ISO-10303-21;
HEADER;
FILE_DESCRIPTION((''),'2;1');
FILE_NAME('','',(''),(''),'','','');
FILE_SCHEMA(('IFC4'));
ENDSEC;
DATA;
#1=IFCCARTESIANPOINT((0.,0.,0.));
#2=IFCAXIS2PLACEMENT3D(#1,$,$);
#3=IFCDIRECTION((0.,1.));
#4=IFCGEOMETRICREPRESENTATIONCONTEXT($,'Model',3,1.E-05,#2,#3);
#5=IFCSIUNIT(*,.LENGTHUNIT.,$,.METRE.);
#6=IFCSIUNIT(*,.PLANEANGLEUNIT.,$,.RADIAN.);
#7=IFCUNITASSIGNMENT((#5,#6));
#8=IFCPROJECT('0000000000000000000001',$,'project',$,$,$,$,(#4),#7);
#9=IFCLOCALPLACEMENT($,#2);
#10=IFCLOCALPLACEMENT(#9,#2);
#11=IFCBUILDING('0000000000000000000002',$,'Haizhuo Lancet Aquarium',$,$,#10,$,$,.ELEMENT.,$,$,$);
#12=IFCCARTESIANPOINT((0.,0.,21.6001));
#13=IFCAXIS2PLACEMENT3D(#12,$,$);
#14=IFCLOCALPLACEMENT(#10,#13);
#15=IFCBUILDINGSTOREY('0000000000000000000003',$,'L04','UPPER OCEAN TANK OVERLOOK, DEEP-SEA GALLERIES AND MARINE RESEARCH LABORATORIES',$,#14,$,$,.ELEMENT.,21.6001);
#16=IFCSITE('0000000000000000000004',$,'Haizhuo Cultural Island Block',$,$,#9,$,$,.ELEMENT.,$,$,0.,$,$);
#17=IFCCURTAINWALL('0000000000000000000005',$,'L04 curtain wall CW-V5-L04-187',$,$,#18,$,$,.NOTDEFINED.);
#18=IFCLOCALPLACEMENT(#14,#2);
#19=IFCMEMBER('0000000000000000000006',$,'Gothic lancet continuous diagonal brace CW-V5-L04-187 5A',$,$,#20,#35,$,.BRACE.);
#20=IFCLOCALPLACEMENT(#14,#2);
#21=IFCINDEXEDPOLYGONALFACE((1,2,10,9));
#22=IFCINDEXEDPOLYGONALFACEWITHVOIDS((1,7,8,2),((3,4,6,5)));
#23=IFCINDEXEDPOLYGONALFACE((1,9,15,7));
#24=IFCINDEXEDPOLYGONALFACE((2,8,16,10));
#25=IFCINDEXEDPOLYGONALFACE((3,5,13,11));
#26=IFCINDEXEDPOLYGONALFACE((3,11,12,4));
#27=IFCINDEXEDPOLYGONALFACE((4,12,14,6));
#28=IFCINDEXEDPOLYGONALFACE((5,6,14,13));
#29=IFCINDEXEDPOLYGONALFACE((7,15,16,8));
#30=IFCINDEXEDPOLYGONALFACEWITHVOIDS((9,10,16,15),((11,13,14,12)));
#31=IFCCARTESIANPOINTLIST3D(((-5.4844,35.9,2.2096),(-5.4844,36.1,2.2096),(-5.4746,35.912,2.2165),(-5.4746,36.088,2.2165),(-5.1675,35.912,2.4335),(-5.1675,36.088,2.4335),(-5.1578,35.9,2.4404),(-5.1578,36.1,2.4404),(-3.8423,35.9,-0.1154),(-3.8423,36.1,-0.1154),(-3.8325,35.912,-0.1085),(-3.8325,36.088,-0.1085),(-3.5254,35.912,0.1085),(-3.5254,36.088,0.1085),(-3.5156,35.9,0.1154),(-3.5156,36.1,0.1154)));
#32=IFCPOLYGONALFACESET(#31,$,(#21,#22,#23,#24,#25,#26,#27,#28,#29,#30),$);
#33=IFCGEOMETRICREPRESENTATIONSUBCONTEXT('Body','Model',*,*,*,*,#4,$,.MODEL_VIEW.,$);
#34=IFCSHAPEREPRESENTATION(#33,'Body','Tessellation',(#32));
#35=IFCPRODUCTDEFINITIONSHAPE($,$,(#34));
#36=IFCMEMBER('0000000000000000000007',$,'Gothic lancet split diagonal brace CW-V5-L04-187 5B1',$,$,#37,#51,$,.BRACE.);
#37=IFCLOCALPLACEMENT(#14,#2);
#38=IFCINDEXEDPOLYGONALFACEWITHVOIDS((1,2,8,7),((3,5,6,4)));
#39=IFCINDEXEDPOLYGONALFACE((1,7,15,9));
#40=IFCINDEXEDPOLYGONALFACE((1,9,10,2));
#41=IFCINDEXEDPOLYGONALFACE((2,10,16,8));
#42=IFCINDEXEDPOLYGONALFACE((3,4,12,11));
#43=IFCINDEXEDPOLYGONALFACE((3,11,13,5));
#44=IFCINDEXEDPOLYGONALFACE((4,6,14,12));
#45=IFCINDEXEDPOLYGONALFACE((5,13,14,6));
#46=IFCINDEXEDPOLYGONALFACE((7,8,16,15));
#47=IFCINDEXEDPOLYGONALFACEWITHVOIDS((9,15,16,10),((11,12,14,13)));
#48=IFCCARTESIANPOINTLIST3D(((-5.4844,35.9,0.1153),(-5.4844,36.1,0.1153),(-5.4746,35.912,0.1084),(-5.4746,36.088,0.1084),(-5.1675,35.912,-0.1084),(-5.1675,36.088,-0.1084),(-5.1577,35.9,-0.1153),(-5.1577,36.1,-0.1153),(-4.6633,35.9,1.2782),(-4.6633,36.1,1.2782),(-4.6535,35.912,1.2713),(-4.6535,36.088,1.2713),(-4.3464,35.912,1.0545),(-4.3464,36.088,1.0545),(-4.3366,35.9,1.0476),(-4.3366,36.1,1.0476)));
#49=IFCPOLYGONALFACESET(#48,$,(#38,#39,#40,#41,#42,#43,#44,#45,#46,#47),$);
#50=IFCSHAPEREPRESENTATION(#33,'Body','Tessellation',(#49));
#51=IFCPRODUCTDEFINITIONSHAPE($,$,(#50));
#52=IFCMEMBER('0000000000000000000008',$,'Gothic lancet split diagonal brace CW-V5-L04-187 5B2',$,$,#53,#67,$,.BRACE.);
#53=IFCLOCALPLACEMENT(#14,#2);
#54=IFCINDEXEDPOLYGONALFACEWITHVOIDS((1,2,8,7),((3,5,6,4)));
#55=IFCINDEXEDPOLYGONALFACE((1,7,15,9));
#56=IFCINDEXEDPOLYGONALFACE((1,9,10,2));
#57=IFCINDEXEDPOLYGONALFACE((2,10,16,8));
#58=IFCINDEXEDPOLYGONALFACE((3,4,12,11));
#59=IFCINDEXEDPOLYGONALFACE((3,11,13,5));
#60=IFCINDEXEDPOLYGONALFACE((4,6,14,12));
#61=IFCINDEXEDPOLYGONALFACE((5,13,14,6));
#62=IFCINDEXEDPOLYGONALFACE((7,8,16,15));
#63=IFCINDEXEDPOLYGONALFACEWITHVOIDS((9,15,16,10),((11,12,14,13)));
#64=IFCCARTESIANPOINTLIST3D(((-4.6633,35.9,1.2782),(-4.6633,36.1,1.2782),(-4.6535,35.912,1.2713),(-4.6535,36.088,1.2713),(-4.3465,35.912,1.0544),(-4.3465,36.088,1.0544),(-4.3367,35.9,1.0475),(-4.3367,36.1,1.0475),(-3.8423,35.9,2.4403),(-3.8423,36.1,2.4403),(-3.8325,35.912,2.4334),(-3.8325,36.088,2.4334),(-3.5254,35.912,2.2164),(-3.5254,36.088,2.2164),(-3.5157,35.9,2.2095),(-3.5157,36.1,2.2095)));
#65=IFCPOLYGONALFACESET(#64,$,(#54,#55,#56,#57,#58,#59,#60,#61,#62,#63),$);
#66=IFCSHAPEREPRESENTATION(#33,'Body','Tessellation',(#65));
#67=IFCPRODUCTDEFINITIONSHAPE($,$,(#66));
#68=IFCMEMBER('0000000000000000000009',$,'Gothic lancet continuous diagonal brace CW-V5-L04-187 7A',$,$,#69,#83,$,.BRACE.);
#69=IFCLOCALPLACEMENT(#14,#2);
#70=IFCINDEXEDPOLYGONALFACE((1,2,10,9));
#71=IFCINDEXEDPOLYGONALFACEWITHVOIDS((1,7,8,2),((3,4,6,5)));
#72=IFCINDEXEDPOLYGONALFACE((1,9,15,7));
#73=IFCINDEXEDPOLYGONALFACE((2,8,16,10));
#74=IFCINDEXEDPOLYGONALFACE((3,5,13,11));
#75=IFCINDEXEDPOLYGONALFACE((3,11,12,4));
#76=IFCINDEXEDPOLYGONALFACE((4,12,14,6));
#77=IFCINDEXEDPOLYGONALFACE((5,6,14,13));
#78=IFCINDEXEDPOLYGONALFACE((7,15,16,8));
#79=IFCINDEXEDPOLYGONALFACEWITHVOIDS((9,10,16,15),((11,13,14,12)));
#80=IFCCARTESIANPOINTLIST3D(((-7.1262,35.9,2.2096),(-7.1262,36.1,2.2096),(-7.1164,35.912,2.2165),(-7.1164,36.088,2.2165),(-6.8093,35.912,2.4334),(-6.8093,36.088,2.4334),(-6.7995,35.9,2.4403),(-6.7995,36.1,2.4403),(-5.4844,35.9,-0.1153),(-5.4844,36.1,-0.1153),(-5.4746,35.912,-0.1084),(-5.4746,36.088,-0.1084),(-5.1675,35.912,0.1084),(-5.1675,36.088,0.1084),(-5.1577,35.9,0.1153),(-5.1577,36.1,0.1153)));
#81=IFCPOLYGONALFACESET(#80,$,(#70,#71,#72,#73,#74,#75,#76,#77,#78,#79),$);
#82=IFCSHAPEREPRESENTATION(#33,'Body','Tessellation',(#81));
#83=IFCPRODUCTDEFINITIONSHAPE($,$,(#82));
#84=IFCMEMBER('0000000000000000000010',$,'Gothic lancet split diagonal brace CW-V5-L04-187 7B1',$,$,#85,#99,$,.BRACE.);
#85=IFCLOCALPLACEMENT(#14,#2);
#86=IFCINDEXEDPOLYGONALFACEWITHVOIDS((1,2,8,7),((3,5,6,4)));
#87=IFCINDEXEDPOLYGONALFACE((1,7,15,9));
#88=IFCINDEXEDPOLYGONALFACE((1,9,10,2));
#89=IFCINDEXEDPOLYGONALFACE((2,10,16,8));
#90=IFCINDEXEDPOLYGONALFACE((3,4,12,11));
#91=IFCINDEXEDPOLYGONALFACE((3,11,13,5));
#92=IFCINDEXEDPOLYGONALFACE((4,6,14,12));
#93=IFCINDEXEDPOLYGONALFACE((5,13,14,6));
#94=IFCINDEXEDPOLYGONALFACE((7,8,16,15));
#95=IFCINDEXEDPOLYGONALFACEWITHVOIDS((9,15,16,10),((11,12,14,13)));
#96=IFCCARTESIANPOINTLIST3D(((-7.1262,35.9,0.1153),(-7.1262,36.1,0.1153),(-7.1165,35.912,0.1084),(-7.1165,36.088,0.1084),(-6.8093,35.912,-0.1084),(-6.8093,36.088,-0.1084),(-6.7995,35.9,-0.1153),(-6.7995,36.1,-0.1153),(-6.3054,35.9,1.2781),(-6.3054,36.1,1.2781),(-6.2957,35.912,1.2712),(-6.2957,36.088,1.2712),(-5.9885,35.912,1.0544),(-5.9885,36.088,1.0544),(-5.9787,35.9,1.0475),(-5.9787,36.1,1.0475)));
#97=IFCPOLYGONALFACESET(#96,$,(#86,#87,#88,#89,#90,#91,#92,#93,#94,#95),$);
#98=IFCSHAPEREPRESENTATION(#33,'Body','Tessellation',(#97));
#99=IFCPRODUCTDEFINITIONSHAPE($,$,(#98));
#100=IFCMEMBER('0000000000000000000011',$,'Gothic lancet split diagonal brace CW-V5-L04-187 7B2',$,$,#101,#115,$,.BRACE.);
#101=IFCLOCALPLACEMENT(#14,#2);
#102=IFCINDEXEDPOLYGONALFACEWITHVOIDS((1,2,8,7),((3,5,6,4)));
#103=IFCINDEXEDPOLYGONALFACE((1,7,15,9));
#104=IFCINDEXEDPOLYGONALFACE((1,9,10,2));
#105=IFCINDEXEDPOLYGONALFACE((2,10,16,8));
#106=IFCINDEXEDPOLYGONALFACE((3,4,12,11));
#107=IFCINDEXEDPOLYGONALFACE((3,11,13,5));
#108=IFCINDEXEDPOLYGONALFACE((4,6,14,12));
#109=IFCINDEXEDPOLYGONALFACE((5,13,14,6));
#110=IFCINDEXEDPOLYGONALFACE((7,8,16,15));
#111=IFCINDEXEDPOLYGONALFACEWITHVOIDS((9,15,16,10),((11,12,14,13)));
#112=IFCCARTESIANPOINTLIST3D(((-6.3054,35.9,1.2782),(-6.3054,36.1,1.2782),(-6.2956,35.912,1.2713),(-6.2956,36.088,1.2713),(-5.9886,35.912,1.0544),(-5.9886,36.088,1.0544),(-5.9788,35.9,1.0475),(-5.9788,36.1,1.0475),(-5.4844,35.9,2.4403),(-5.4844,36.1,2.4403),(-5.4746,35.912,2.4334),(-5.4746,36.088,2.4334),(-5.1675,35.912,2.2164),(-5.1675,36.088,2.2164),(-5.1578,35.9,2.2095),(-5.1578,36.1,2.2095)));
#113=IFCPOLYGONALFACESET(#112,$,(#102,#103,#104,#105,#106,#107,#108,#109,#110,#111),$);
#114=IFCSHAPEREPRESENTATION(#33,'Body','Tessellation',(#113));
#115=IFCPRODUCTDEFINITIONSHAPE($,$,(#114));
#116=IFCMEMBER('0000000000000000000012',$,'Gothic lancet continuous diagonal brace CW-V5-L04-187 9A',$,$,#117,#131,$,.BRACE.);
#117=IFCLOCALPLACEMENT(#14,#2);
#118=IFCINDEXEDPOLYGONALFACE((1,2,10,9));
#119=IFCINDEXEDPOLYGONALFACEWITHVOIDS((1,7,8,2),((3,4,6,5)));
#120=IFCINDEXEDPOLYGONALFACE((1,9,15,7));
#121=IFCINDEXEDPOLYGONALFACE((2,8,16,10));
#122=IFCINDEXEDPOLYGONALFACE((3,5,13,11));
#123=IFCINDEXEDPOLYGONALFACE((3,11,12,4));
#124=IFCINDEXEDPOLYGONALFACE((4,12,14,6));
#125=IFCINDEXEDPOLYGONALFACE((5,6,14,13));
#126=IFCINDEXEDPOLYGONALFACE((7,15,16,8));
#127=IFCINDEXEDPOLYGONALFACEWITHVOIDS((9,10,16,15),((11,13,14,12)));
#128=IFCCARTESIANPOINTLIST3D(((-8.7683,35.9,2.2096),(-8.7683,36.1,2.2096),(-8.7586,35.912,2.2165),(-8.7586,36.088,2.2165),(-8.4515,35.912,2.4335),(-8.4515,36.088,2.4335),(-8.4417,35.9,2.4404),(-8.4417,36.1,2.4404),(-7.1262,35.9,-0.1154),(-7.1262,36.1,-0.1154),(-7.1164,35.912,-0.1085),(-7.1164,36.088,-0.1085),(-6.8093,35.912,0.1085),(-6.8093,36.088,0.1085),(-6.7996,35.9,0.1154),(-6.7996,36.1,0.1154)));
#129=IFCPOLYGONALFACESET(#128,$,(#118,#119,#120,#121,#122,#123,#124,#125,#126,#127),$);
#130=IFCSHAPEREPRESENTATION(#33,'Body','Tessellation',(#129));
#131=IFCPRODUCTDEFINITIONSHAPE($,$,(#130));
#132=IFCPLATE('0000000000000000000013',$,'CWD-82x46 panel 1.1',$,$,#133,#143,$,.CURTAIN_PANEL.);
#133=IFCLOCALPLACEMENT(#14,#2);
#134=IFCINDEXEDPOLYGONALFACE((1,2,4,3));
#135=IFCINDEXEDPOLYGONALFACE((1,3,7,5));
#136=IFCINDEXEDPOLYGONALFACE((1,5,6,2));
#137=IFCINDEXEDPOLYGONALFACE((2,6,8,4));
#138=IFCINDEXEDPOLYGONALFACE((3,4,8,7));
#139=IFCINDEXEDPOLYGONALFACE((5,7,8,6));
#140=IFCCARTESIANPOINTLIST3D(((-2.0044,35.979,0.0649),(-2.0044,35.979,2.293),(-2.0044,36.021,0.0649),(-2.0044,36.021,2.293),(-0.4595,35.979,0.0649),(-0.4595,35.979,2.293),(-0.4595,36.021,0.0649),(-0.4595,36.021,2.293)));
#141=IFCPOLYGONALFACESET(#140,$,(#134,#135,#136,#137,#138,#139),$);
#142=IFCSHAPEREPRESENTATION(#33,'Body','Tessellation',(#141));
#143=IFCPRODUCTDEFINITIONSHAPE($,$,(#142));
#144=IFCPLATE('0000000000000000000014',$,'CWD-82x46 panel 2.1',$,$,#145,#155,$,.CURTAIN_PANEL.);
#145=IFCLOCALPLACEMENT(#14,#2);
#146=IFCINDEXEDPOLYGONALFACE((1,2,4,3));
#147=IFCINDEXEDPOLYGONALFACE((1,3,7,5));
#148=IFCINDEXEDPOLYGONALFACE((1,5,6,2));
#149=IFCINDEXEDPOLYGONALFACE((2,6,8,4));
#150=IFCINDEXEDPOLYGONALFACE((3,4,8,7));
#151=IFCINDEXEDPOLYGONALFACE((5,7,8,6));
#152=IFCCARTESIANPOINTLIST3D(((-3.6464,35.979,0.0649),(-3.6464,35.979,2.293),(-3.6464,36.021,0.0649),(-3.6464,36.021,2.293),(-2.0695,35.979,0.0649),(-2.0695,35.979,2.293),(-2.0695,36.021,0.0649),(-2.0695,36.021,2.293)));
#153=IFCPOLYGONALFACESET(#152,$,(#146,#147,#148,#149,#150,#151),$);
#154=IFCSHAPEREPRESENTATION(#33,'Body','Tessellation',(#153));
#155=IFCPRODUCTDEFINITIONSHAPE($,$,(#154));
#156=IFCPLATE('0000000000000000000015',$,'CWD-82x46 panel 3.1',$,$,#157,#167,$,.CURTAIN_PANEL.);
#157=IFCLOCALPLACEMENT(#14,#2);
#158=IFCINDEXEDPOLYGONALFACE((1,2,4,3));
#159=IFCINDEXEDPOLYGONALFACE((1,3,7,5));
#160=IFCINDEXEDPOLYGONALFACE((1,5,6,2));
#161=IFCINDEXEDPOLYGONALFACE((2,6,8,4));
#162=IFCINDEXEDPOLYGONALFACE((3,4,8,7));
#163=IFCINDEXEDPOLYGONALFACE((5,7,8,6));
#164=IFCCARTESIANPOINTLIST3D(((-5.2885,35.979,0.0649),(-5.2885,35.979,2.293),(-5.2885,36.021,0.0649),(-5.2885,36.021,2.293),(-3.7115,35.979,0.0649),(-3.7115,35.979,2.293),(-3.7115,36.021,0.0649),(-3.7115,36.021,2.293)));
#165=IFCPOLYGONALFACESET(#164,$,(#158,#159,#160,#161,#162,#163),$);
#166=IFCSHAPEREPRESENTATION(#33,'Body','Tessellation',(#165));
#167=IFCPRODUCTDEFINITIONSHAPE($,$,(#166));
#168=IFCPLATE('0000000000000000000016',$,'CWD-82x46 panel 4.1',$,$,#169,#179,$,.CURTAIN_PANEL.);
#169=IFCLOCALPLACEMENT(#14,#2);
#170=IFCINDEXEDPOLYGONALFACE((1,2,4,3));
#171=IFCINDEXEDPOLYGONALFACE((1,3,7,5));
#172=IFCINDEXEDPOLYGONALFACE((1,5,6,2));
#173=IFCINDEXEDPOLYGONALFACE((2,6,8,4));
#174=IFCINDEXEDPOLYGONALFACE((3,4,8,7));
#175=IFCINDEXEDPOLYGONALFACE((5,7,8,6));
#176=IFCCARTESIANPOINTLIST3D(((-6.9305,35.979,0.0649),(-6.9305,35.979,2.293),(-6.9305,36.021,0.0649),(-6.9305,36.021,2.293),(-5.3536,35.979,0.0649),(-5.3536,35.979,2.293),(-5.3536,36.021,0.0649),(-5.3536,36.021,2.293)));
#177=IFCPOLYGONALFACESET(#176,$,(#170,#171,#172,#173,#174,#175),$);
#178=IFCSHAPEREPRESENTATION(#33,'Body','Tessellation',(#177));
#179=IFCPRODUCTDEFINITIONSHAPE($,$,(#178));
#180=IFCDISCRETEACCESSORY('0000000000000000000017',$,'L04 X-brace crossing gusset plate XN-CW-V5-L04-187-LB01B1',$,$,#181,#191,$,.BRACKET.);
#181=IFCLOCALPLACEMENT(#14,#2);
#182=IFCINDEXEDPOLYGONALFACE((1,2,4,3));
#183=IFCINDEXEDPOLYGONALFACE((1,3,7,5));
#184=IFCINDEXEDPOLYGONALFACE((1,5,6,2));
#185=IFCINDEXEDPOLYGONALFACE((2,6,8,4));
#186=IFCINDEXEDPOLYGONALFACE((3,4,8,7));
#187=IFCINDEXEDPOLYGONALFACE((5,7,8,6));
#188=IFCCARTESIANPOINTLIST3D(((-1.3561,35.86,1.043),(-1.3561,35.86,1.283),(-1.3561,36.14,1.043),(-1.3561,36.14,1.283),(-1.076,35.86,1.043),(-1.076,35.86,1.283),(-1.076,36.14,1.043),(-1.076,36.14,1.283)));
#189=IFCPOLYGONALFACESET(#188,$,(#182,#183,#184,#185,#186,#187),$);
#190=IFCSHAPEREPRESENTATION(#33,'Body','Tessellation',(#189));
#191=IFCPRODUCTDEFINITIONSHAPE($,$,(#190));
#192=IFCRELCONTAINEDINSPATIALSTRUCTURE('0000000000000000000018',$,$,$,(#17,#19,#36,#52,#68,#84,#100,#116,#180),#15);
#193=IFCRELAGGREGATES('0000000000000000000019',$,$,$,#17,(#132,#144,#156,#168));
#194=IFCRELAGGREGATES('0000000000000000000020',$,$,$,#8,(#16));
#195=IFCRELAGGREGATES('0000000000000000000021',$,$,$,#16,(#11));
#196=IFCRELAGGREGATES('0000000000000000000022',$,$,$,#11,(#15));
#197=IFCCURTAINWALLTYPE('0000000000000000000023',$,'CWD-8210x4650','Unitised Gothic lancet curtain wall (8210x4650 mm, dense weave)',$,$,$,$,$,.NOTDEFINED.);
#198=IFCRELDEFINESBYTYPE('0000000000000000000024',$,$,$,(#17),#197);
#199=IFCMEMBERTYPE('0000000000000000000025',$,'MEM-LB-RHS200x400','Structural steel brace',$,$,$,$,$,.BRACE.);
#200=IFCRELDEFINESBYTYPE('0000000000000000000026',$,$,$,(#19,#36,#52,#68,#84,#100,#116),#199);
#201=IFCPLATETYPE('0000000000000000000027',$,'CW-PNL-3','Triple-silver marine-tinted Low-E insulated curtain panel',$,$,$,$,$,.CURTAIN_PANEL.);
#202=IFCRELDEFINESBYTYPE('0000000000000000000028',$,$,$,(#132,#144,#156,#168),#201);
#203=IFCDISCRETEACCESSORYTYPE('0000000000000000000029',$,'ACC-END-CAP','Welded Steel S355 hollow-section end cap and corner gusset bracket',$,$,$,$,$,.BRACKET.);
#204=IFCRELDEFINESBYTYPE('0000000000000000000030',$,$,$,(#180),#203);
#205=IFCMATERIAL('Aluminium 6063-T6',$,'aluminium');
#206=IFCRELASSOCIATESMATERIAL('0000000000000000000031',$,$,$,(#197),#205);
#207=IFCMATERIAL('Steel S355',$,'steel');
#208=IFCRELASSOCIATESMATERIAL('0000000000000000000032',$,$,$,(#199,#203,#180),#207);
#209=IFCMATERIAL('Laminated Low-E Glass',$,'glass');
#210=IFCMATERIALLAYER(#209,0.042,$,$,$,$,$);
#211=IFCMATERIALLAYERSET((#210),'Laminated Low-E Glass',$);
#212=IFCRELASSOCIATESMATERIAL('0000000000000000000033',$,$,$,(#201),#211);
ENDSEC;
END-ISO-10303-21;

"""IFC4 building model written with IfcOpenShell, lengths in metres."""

from ifc_helpers import new_model, si_unit, direction, frame, origin, origin_2d, place, context, subcontext, project, spatial, rectangle, hollow_rectangle, extrude, material, layer, layer_set, material_profile, profile_set, type_object, element, aggregate, save


model = new_model("IFC4")

# Units and contexts
model_context = context("Model", 3, precision=1e-05, world=origin(), true_north=direction((0.0, 1.0)))
body_context = subcontext(model_context, "Body", "Model", "MODEL_VIEW")
ifc_project = project(units=[si_unit("LENGTHUNIT", "METRE"), si_unit("PLANEANGLEUNIT", "RADIAN")], contexts=[model_context])

# Site, building, storey
site_placement = place(None, origin())
site = spatial("IfcSite", under=ifc_project, at=site_placement, Name="Haizhuo Cultural Island Block", CompositionType="ELEMENT", RefElevation=0.0)
building_placement = place(site_placement, origin())
building = spatial("IfcBuilding", under=site, at=building_placement, Name="Haizhuo Lancet Aquarium", CompositionType="ELEMENT")
storey_placement = place(building_placement, frame((0.0, 0.0, 21.6001)))
storey = spatial("IfcBuildingStorey", under=building, at=storey_placement, Name="L04", Description="UPPER OCEAN TANK OVERLOOK, DEEP-SEA GALLERIES AND MARINE RESEARCH LABORATORIES", CompositionType="ELEMENT", Elevation=21.6001)

# Curtain wall
ifc_material_1 = material(Name="Aluminium 6063-T6", Category="aluminium")
curtain_wall_type = type_object("IfcCurtainWallType", Name="CWD-8210x4650", Description="Unitised Gothic lancet curtain wall (8210x4650 mm, dense weave)", PredefinedType="NOTDEFINED", material=ifc_material_1)
curtain_wall_placement = place(storey_placement, origin())
curtain_wall = element("IfcCurtainWall", 1, at=curtain_wall_placement, inside=storey, type_object=curtain_wall_type, Name="L04 curtain wall CW-V5-L04-187", PredefinedType="NOTDEFINED")

# Members
ifc_material_2 = material(Name="Steel S355", Category="steel")
ifc_material_profile_1 = material_profile(ifc_material_2, hollow_rectangle(XDim=0.2, YDim=0.3999, WallThickness=0.012, at=origin_2d()), Name="RHS 200x400x12")
ifc_profile_set_1 = profile_set([ifc_material_profile_1], Name="Steel S355")
member_type_1 = type_object("IfcMemberType", Name="MEM-LB-RHS200x400", Description="Structural steel brace", PredefinedType="BRACE", material=ifc_profile_set_1)
member_1_placement = place(storey_placement, frame((-3.679, 36.0, 0.0), z_axis=(-0.576905, 0.0, 0.816811), x_axis=(0.0, -1.0, 0.0)))
element("IfcMember", 2, at=member_1_placement, inside=storey, type_object=member_type_1, Name="Gothic lancet continuous diagonal brace CW-V5-L04-187 5A", PredefinedType="BRACE", context=body_context, shape_type="SweptSolid", body=[
    extrude(hollow_rectangle(XDim=0.2, YDim=0.3999, WallThickness=0.012, at=origin_2d()), origin(), (0.0, 0.0, 1.0), 2.8464),
])
member_2_placement = place(storey_placement, frame((-5.321, 36.0, 0.0), z_axis=(0.576784, 0.0, 0.816897), x_axis=(0.0, 1.0, 0.0)))
element("IfcMember", 3, at=member_2_placement, inside=storey, type_object=member_type_1, Name="Gothic lancet split diagonal brace CW-V5-L04-187 5B1", PredefinedType="BRACE", context=body_context, shape_type="SweptSolid", body=[
    extrude(hollow_rectangle(XDim=0.2, YDim=0.3999, WallThickness=0.012, at=origin_2d()), origin(), (0.0, 0.0, 1.0), 1.4236),
])
member_3_placement = place(storey_placement, frame((-4.5, 36.0, 1.1628), z_axis=(0.577027, 0.0, 0.816725), x_axis=(0.0, 1.0, 0.0)))
element("IfcMember", 4, at=member_3_placement, inside=storey, type_object=member_type_1, Name="Gothic lancet split diagonal brace CW-V5-L04-187 5B2", PredefinedType="BRACE", context=body_context, shape_type="SweptSolid", body=[
    extrude(hollow_rectangle(XDim=0.2, YDim=0.3999, WallThickness=0.012, at=origin_2d()), origin(), (0.0, 0.0, 1.0), 1.4229),
])
member_4_placement = place(storey_placement, frame((-5.321, 36.0, 0.0), z_axis=(-0.576848, 0.0, 0.816851), x_axis=(0.0, -1.0, 0.0)))
element("IfcMember", 5, at=member_4_placement, inside=storey, type_object=member_type_1, Name="Gothic lancet continuous diagonal brace CW-V5-L04-187 7A", PredefinedType="BRACE", context=body_context, shape_type="SweptSolid", body=[
    extrude(hollow_rectangle(XDim=0.2, YDim=0.3999, WallThickness=0.012, at=origin_2d()), origin(), (0.0, 0.0, 1.0), 2.8462),
])
member_5_placement = place(storey_placement, frame((-6.9629, 36.0, 0.0), z_axis=(0.57667, 0.0, 0.816977), x_axis=(0.0, 1.0, 0.0)))
element("IfcMember", 6, at=member_5_placement, inside=storey, type_object=member_type_1, Name="Gothic lancet split diagonal brace CW-V5-L04-187 7B1", PredefinedType="BRACE", context=body_context, shape_type="SweptSolid", body=[
    extrude(hollow_rectangle(XDim=0.2, YDim=0.3999, WallThickness=0.012, at=origin_2d()), origin(), (0.0, 0.0, 1.0), 1.4233),
])
member_6_placement = place(storey_placement, frame((-6.1421, 36.0, 1.1628), z_axis=(0.577027, 0.0, 0.816725), x_axis=(0.0, 1.0, 0.0)))
element("IfcMember", 7, at=member_6_placement, inside=storey, type_object=member_type_1, Name="Gothic lancet split diagonal brace CW-V5-L04-187 7B2", PredefinedType="BRACE", context=body_context, shape_type="SweptSolid", body=[
    extrude(hollow_rectangle(XDim=0.2, YDim=0.3999, WallThickness=0.012, at=origin_2d()), origin(), (0.0, 0.0, 1.0), 1.4229),
])
member_7_placement = place(storey_placement, frame((-6.9629, 36.0, 0.0), z_axis=(-0.576905, 0.0, 0.816811), x_axis=(0.0, -1.0, 0.0)))
element("IfcMember", 8, at=member_7_placement, inside=storey, type_object=member_type_1, Name="Gothic lancet continuous diagonal brace CW-V5-L04-187 9A", PredefinedType="BRACE", context=body_context, shape_type="SweptSolid", body=[
    extrude(hollow_rectangle(XDim=0.2, YDim=0.3999, WallThickness=0.012, at=origin_2d()), origin(), (0.0, 0.0, 1.0), 2.8464),
])

# Plates
ifc_material_3 = material(Name="Laminated Low-E Glass", Category="glass")
ifc_layer = layer(ifc_material_3, 0.042)
ifc_layer_set = layer_set([ifc_layer], Name="Laminated Low-E Glass")
plate_type = type_object("IfcPlateType", Name="CW-PNL-3", Description="Triple-silver marine-tinted Low-E insulated curtain panel", PredefinedType="CURTAIN_PANEL", material=ifc_layer_set)
plate_1_placement = place(storey_placement, frame((-1.2319, 36.0, 0.0649), z_axis=(0.0, 0.0, 1.0), x_axis=(-1.0, 0.0, 0.0)))
plate_1 = element("IfcPlate", 9, at=plate_1_placement, type_object=plate_type, Name="CWD-82x46 panel 1.1", PredefinedType="CURTAIN_PANEL", context=body_context, shape_type="SweptSolid", body=[
    extrude(rectangle(XDim=1.5449, YDim=0.042, at=origin_2d()), origin(), (0.0, 0.0, 1.0), 2.228),
])
plate_2_placement = place(storey_placement, frame((-2.8579, 36.0, 0.0649), z_axis=(0.0, 0.0, 1.0), x_axis=(-1.0, 0.0, 0.0)))
plate_2 = element("IfcPlate", 10, at=plate_2_placement, type_object=plate_type, Name="CWD-82x46 panel 2.1", PredefinedType="CURTAIN_PANEL", context=body_context, shape_type="SweptSolid", body=[
    extrude(rectangle(XDim=1.5769, YDim=0.042, at=origin_2d()), origin(), (0.0, 0.0, 1.0), 2.228),
])
plate_3_placement = place(storey_placement, frame((-4.5, 36.0, 0.0649), z_axis=(0.0, 0.0, 1.0), x_axis=(-1.0, 0.0, 0.0)))
plate_3 = element("IfcPlate", 11, at=plate_3_placement, type_object=plate_type, Name="CWD-82x46 panel 3.1", PredefinedType="CURTAIN_PANEL", context=body_context, shape_type="SweptSolid", body=[
    extrude(rectangle(XDim=1.5769, YDim=0.042, at=origin_2d()), origin(), (0.0, 0.0, 1.0), 2.228),
])
plate_4_placement = place(storey_placement, frame((-6.1421, 36.0, 0.0649), z_axis=(0.0, 0.0, 1.0), x_axis=(-1.0, 0.0, 0.0)))
plate_4 = element("IfcPlate", 12, at=plate_4_placement, type_object=plate_type, Name="CWD-82x46 panel 4.1", PredefinedType="CURTAIN_PANEL", context=body_context, shape_type="SweptSolid", body=[
    extrude(rectangle(XDim=1.5769, YDim=0.042, at=origin_2d()), origin(), (0.0, 0.0, 1.0), 2.228),
])
aggregate(curtain_wall, [plate_1, plate_2, plate_3, plate_4])

# Discrete accessory
discrete_accessory_type = type_object("IfcDiscreteAccessoryType", Name="ACC-END-CAP", Description="Welded Steel S355 hollow-section end cap and corner gusset bracket", PredefinedType="BRACKET", material=ifc_material_2)
for number, where, z_axis, x_axis, name in (
    (13, (-1.2161, 36.0, 1.043), (0.0, 0.0, 1.0), (1.0, 0.0, 0.0), "L04 X-brace crossing gusset plate XN-CW-V5-L04-187-LB01B1"),
):
    element("IfcDiscreteAccessory", number, at=place(storey_placement, frame(where, z_axis=z_axis, x_axis=x_axis)), inside=storey, type_object=discrete_accessory_type, material=ifc_material_2, Name=name, PredefinedType="BRACKET", context=body_context, shape_type="SweptSolid", body=[
        extrude(rectangle(XDim=0.28, YDim=0.28, at=origin_2d()), origin(), (0.0, 0.0, 1.0), 0.24),
    ])

save(model, "model.ifc")
